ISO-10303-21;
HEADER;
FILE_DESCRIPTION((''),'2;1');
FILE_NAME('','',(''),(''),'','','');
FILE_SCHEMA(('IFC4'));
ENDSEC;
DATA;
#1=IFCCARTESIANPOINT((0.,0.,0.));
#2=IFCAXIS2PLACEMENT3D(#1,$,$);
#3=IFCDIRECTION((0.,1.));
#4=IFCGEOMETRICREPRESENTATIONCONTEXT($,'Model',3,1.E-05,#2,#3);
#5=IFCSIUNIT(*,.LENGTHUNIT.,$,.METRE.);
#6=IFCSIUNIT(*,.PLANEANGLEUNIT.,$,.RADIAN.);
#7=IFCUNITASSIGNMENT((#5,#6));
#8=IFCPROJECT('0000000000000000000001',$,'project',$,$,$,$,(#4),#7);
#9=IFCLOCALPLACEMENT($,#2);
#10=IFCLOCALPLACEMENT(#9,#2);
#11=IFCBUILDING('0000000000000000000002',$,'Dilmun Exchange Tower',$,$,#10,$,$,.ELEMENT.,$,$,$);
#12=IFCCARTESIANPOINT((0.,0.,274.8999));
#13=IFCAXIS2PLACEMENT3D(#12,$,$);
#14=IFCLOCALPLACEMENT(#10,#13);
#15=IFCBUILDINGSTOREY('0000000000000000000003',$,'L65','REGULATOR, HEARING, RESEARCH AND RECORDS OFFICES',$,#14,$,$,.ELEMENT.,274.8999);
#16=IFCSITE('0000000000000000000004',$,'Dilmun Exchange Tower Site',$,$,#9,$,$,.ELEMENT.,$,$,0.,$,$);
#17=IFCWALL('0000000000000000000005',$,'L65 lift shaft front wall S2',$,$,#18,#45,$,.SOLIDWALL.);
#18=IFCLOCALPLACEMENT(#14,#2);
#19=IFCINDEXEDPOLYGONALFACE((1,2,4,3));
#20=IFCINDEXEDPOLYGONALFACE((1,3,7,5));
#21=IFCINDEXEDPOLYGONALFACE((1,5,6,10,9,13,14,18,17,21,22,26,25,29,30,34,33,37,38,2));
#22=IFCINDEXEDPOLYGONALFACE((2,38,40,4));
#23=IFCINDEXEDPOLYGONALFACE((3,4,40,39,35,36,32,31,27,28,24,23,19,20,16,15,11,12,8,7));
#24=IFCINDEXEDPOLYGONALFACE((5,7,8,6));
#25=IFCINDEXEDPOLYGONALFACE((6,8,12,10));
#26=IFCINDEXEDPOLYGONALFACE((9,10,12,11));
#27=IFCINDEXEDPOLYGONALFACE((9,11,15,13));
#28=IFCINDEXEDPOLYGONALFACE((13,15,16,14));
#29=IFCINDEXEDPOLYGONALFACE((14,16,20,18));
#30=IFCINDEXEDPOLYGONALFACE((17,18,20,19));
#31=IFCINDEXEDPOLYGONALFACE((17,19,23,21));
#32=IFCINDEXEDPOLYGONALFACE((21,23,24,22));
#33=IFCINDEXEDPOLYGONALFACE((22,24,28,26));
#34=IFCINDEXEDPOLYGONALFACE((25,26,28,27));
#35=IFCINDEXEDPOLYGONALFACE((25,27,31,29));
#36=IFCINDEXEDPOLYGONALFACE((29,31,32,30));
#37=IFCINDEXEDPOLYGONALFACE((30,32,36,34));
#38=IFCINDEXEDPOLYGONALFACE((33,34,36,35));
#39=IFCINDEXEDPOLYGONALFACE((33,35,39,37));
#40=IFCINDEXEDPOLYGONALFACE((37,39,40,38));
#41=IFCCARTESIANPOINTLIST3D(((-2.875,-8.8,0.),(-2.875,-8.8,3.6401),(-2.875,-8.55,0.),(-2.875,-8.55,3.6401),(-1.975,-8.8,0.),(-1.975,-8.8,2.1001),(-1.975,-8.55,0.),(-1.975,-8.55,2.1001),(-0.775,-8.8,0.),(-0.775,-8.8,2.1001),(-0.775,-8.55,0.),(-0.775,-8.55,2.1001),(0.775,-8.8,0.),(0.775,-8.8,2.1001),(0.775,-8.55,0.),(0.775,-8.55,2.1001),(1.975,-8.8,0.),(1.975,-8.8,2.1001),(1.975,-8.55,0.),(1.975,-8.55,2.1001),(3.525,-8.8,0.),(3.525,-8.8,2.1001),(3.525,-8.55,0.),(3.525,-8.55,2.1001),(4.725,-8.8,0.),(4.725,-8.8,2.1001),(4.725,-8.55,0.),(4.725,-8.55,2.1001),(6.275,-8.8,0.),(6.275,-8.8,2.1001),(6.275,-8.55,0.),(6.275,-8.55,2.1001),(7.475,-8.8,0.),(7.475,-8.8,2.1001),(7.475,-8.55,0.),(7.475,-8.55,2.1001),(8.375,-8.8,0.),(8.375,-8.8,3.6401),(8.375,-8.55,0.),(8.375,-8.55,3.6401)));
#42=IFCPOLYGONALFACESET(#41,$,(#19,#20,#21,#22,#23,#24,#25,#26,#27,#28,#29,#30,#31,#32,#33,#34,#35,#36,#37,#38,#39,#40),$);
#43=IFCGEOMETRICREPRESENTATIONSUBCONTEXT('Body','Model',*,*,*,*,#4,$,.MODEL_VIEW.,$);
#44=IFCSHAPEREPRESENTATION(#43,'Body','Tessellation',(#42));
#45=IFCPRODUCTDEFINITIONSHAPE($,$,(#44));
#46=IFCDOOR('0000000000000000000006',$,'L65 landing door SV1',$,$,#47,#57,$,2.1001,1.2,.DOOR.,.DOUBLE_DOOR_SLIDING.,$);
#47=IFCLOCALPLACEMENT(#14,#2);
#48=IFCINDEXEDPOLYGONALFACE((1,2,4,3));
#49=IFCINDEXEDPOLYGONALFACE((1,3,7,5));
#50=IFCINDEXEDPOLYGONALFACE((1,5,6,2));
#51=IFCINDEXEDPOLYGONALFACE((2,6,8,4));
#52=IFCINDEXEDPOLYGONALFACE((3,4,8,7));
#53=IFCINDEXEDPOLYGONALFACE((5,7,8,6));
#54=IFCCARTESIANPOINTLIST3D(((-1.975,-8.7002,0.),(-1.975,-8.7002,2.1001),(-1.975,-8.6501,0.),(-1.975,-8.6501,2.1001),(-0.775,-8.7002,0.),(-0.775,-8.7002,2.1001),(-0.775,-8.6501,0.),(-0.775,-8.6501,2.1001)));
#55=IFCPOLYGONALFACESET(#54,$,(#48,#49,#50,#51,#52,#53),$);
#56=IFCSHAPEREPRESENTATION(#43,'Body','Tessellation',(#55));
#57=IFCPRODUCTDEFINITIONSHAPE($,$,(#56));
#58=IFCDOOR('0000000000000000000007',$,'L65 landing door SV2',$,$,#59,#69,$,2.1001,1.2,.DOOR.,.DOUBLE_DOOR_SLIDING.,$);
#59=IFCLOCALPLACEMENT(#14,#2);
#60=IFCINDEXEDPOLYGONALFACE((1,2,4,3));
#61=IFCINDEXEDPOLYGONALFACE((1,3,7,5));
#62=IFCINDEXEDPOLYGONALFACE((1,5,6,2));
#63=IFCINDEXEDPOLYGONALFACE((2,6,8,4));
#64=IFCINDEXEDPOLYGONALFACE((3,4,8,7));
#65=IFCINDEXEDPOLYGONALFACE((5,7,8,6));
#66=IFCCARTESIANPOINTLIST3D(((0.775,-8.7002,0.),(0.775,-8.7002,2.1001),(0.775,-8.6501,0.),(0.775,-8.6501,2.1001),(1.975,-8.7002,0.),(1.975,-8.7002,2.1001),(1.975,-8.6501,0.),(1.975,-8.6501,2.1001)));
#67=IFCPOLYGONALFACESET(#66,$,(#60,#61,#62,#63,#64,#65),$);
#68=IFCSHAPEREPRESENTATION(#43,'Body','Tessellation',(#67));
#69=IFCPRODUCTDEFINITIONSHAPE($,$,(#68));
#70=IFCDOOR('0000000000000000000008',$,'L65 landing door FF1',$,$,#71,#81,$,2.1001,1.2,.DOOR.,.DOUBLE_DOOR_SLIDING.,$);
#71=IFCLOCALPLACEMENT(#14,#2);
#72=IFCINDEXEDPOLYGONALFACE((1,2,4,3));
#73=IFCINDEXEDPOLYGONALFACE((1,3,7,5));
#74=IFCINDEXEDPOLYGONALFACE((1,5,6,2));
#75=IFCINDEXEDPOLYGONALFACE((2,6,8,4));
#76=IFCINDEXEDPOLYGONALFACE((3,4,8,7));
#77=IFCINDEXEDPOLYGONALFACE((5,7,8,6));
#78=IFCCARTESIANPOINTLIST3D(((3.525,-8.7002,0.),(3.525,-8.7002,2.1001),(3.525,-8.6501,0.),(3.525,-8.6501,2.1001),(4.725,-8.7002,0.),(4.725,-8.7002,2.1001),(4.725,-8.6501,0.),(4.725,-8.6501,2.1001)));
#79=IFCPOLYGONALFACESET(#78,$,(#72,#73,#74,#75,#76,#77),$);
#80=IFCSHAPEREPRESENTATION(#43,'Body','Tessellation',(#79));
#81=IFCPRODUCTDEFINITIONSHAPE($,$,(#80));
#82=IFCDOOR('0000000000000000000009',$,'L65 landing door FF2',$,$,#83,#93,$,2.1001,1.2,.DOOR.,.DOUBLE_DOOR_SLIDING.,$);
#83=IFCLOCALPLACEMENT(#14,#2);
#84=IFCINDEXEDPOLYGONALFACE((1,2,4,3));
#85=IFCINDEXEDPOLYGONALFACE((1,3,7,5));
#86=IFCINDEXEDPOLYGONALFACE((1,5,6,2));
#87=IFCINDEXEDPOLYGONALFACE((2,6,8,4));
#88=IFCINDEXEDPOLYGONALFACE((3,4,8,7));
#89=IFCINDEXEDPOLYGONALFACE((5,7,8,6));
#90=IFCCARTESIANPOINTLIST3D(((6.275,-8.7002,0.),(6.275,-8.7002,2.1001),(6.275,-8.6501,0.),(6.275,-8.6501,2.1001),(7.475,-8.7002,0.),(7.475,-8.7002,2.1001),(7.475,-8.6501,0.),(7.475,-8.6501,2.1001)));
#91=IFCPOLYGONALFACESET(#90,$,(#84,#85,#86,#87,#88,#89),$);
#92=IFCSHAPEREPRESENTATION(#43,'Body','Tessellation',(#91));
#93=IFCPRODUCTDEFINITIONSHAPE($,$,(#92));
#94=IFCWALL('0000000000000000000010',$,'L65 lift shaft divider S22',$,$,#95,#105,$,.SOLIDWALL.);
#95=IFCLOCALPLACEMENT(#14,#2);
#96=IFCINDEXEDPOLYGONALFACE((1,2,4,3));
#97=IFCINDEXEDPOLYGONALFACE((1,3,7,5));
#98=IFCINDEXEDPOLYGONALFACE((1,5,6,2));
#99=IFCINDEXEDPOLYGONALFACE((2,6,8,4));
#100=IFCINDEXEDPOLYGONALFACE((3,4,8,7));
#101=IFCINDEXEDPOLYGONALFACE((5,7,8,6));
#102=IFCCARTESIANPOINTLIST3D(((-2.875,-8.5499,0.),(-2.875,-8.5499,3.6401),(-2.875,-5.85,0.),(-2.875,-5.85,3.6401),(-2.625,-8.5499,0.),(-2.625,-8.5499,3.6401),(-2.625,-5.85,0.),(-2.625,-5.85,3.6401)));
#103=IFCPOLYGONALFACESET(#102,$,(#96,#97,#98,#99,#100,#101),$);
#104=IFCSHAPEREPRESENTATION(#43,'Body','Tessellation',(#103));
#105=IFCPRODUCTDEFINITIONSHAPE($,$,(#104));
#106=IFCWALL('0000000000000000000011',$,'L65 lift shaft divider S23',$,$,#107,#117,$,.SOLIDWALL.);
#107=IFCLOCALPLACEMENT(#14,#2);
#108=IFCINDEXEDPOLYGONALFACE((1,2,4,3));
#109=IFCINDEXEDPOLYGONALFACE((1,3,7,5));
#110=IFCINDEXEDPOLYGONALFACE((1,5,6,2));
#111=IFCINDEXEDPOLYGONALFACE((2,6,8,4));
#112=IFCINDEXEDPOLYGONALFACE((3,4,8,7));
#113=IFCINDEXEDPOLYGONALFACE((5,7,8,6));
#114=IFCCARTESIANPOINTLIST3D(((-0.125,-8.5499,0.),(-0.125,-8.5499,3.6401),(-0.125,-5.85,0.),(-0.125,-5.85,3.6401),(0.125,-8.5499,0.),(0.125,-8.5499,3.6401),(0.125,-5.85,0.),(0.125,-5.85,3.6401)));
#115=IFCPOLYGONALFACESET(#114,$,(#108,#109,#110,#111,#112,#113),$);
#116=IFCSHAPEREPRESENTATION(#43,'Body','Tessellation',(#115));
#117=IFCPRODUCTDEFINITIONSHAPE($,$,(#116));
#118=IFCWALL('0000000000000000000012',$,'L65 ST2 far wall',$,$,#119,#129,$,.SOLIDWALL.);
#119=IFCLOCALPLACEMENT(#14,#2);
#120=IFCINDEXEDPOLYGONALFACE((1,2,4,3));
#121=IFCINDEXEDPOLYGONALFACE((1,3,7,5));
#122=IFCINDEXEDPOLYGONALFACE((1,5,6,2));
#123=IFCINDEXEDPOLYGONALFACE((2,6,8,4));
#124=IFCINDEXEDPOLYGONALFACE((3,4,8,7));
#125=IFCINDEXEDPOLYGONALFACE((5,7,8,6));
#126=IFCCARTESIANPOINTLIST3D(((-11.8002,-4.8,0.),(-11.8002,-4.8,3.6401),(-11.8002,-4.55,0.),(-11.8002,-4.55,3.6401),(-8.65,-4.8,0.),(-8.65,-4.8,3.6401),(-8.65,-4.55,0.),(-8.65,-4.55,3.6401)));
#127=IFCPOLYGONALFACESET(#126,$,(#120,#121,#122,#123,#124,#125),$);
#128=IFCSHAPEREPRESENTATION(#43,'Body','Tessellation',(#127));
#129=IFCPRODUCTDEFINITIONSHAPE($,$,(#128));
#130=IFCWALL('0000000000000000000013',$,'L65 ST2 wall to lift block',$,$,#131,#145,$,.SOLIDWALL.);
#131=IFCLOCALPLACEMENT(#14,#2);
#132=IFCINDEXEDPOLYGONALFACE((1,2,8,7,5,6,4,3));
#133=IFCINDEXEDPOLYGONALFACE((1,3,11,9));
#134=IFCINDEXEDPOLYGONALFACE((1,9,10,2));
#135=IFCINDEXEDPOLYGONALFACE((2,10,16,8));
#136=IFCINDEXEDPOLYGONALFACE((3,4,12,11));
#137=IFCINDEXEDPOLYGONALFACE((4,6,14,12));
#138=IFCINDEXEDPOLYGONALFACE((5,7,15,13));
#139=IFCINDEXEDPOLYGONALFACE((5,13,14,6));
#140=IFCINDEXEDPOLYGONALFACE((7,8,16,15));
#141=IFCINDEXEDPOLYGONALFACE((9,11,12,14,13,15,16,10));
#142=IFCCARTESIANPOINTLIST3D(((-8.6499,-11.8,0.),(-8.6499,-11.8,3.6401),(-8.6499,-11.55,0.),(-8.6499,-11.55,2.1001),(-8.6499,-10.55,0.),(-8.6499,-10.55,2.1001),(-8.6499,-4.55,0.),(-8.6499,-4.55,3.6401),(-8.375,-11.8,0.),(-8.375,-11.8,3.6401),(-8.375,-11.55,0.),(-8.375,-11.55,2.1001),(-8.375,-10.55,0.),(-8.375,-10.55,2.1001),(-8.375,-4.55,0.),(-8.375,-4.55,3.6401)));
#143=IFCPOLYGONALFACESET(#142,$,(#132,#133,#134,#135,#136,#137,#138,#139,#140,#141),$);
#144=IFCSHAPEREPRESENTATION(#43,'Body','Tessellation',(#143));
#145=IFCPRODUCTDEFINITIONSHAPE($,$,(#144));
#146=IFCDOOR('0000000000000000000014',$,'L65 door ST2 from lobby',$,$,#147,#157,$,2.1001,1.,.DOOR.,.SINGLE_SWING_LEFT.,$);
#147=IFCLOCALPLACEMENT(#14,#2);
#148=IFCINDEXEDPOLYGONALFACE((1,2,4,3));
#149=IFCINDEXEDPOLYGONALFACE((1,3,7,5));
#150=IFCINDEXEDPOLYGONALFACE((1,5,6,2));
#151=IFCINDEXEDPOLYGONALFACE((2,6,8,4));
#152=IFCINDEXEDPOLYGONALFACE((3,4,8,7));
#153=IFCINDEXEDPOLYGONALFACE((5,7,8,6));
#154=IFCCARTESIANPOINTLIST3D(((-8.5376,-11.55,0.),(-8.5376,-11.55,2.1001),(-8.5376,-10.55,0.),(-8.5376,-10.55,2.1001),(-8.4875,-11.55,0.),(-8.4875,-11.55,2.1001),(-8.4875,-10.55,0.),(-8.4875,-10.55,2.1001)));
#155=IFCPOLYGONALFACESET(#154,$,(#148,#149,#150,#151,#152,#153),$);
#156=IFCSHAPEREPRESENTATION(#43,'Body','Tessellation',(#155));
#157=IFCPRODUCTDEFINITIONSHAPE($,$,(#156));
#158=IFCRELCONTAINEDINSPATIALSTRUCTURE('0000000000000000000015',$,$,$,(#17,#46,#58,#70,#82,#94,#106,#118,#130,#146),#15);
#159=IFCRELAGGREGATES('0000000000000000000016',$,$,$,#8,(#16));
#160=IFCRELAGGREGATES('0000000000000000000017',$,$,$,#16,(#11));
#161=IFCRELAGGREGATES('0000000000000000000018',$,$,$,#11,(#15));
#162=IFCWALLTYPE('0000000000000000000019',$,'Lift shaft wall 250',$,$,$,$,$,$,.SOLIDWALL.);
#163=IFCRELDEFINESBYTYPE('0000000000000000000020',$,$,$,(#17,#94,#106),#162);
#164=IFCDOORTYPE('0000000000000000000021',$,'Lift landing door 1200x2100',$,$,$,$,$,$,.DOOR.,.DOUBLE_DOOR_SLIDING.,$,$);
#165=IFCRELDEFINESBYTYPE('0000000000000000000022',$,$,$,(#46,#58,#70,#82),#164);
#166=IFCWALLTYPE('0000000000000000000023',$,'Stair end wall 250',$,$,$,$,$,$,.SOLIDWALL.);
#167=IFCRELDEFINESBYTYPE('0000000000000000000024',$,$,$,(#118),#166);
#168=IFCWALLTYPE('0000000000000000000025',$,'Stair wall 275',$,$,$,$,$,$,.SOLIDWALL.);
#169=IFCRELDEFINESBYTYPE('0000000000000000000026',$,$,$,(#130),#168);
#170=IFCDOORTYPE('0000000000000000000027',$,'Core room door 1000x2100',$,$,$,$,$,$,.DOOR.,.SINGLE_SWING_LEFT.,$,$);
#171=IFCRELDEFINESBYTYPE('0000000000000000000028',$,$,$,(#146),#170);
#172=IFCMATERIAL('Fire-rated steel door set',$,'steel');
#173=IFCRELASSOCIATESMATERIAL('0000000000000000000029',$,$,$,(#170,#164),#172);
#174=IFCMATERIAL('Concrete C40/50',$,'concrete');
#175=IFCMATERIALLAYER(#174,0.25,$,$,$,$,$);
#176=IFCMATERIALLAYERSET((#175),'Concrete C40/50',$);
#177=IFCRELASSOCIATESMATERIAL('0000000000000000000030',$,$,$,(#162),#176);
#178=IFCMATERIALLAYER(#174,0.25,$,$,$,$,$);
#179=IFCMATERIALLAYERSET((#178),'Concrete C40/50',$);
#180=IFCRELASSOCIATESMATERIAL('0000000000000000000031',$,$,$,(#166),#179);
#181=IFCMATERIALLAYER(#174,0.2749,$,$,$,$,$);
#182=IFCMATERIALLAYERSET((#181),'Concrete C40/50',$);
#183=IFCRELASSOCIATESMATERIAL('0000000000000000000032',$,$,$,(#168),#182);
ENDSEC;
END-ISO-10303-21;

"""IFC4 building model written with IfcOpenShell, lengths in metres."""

from ifc_helpers import new_model, si_unit, direction, frame, frame_2d, origin, place, context, subcontext, project, spatial, rectangle, extrude, material, layer, layer_set, type_object, element, fill, save


model = new_model("IFC4")

# Units and contexts
model_context = context("Model", 3, precision=1e-05, world=origin(), true_north=direction((0.0, 1.0)))
body_context = subcontext(model_context, "Body", "Model", "MODEL_VIEW")
ifc_project = project(units=[si_unit("LENGTHUNIT", "METRE"), si_unit("PLANEANGLEUNIT", "RADIAN")], contexts=[model_context])

# Site, building, storey
site_placement = place(None, origin())
site = spatial("IfcSite", under=ifc_project, at=site_placement, Name="Dilmun Exchange Tower Site", CompositionType="ELEMENT", RefElevation=0.0)
building_placement = place(site_placement, origin())
building = spatial("IfcBuilding", under=site, at=building_placement, Name="Dilmun Exchange Tower", CompositionType="ELEMENT")
storey_placement = place(building_placement, frame((0.0, 0.0, 274.8999)))
storey = spatial("IfcBuildingStorey", under=building, at=storey_placement, Name="L65", Description="REGULATOR, HEARING, RESEARCH AND RECORDS OFFICES", CompositionType="ELEMENT", Elevation=274.8999)

# Shared definitions
ifc_material_1 = material(Name="Concrete C40/50", Category="concrete")

# Shared definitions
ifc_material_2 = material(Name="Fire-rated steel door set", Category="steel")
door_type_1 = type_object("IfcDoorType", Name="Core room door 1000x2100", OperationType="SINGLE_SWING_LEFT", PredefinedType="DOOR", material=ifc_material_2)

# Wall, openings, doors
ifc_layer_1 = layer(ifc_material_1, 0.25)
ifc_layer_set_1 = layer_set([ifc_layer_1], Name="Concrete C40/50")
wall_type_1 = type_object("IfcWallType", Name="Lift shaft wall 250", PredefinedType="SOLIDWALL", material=ifc_layer_set_1)
wall_1_placement = place(storey_placement, frame((-2.875, -8.675, 0.0), z_axis=(0.0, 0.0, 1.0), x_axis=(1.0, 0.0, 0.0)))
wall_1 = element("IfcWall", 1, at=wall_1_placement, inside=storey, type_object=wall_type_1, Name="L65 lift shaft front wall S2", PredefinedType="SOLIDWALL", context=body_context, shape_type="SweptSolid", body=[
    extrude(rectangle(XDim=11.25, YDim=0.25, at=frame_2d((5.625, 0.0))), origin(), (0.0, 0.0, 1.0), 3.6401),
])
opening_1_placement = place(wall_1_placement, frame((0.8999, 0.0, 0.0)))
opening_1 = element("IfcOpeningElement", 2, at=opening_1_placement, cuts=wall_1, PredefinedType="OPENING", context=body_context, shape_type="SweptSolid", body=[
    extrude(rectangle(XDim=1.2, YDim=2.1001, at=frame_2d((0.6001, 1.05))), frame((0.0, 0.135, 0.0), z_axis=(0.0, -1.0, 0.0), x_axis=(1.0, 0.0, 0.0)), (0.0, 0.0, 1.0), 0.27),
])
opening_2_placement = place(wall_1_placement, frame((3.6499, 0.0, 0.0)))
opening_2 = element("IfcOpeningElement", 3, at=opening_2_placement, cuts=wall_1, PredefinedType="OPENING", context=body_context, shape_type="SweptSolid", body=[
    extrude(rectangle(XDim=1.2, YDim=2.1001, at=frame_2d((0.6001, 1.05))), frame((0.0, 0.135, 0.0), z_axis=(0.0, -1.0, 0.0), x_axis=(1.0, 0.0, 0.0)), (0.0, 0.0, 1.0), 0.27),
])
opening_3_placement = place(wall_1_placement, frame((6.3999, 0.0, 0.0)))
opening_3 = element("IfcOpeningElement", 4, at=opening_3_placement, cuts=wall_1, PredefinedType="OPENING", context=body_context, shape_type="SweptSolid", body=[
    extrude(rectangle(XDim=1.2, YDim=2.1001, at=frame_2d((0.6001, 1.05))), frame((0.0, 0.135, 0.0), z_axis=(0.0, -1.0, 0.0), x_axis=(1.0, 0.0, 0.0)), (0.0, 0.0, 1.0), 0.27),
])
opening_4_placement = place(wall_1_placement, frame((9.1499, 0.0, 0.0)))
opening_4 = element("IfcOpeningElement", 5, at=opening_4_placement, cuts=wall_1, PredefinedType="OPENING", context=body_context, shape_type="SweptSolid", body=[
    extrude(rectangle(XDim=1.2, YDim=2.1001, at=frame_2d((0.6001, 1.05))), frame((0.0, 0.135, 0.0), z_axis=(0.0, -1.0, 0.0), x_axis=(1.0, 0.0, 0.0)), (0.0, 0.0, 1.0), 0.27),
])
door_type_2 = type_object("IfcDoorType", Name="Lift landing door 1200x2100", OperationType="DOUBLE_DOOR_SLIDING", PredefinedType="DOOR", material=ifc_material_2)
door_1_placement = place(opening_1_placement, origin())
door_1 = element("IfcDoor", 6, at=door_1_placement, inside=storey, type_object=door_type_2, Name="L65 landing door SV1", OperationType="DOUBLE_DOOR_SLIDING", OverallHeight=2.1001, OverallWidth=1.2, PredefinedType="DOOR", context=body_context, shape_type="SweptSolid", body=[
    extrude(rectangle(XDim=1.2, YDim=2.1001, at=frame_2d((0.6001, 1.05))), frame((0.0, 0.0249, 0.0), z_axis=(0.0, -1.0, 0.0), x_axis=(1.0, 0.0, 0.0)), (0.0, 0.0, 1.0), 0.05),
])
fill(opening_1, door_1)
door_2_placement = place(opening_2_placement, origin())
door_2 = element("IfcDoor", 7, at=door_2_placement, inside=storey, type_object=door_type_2, Name="L65 landing door SV2", OperationType="DOUBLE_DOOR_SLIDING", OverallHeight=2.1001, OverallWidth=1.2, PredefinedType="DOOR", context=body_context, shape_type="SweptSolid", body=[
    extrude(rectangle(XDim=1.2, YDim=2.1001, at=frame_2d((0.6001, 1.05))), frame((0.0, 0.0249, 0.0), z_axis=(0.0, -1.0, 0.0), x_axis=(1.0, 0.0, 0.0)), (0.0, 0.0, 1.0), 0.05),
])
fill(opening_2, door_2)
door_3_placement = place(opening_3_placement, origin())
door_3 = element("IfcDoor", 8, at=door_3_placement, inside=storey, type_object=door_type_2, Name="L65 landing door FF1", OperationType="DOUBLE_DOOR_SLIDING", OverallHeight=2.1001, OverallWidth=1.2, PredefinedType="DOOR", context=body_context, shape_type="SweptSolid", body=[
    extrude(rectangle(XDim=1.2, YDim=2.1001, at=frame_2d((0.6001, 1.05))), frame((0.0, 0.0249, 0.0), z_axis=(0.0, -1.0, 0.0), x_axis=(1.0, 0.0, 0.0)), (0.0, 0.0, 1.0), 0.05),
])
fill(opening_3, door_3)
door_4_placement = place(opening_4_placement, origin())
door_4 = element("IfcDoor", 9, at=door_4_placement, inside=storey, type_object=door_type_2, Name="L65 landing door FF2", OperationType="DOUBLE_DOOR_SLIDING", OverallHeight=2.1001, OverallWidth=1.2, PredefinedType="DOOR", context=body_context, shape_type="SweptSolid", body=[
    extrude(rectangle(XDim=1.2, YDim=2.1001, at=frame_2d((0.6001, 1.05))), frame((0.0, 0.0249, 0.0), z_axis=(0.0, -1.0, 0.0), x_axis=(1.0, 0.0, 0.0)), (0.0, 0.0, 1.0), 0.05),
])
fill(opening_4, door_4)

# Walls
for number, where, z_axis, x_axis, name in (
    (10, (-2.75, -8.55, 0.0), (0.0, 0.0, 1.0), (0.0, 1.0, 0.0), "L65 lift shaft divider S22"),
    (11, (0.0, -8.55, 0.0), (0.0, 0.0, 1.0), (0.0, 1.0, 0.0), "L65 lift shaft divider S23"),
):
    element("IfcWall", number, at=place(storey_placement, frame(where, z_axis=z_axis, x_axis=x_axis)), inside=storey, type_object=wall_type_1, Name=name, PredefinedType="SOLIDWALL", context=body_context, shape_type="SweptSolid", body=[
        extrude(rectangle(XDim=2.7, YDim=0.25, at=frame_2d((1.3501, 0.0))), origin(), (0.0, 0.0, 1.0), 3.6401),
    ])
ifc_layer_2 = layer(ifc_material_1, 0.25)
ifc_layer_set_2 = layer_set([ifc_layer_2], Name="Concrete C40/50")
wall_type_2 = type_object("IfcWallType", Name="Stair end wall 250", PredefinedType="SOLIDWALL", material=ifc_layer_set_2)
wall_2_placement = place(storey_placement, frame((-8.6499, -4.675, 0.0), z_axis=(0.0, 0.0, 1.0), x_axis=(-1.0, 0.0, 0.0)))
element("IfcWall", 12, at=wall_2_placement, inside=storey, type_object=wall_type_2, Name="L65 ST2 far wall", PredefinedType="SOLIDWALL", context=body_context, shape_type="SweptSolid", body=[
    extrude(rectangle(XDim=3.1501, YDim=0.25, at=frame_2d((1.5752, 0.0))), origin(), (0.0, 0.0, 1.0), 3.6401),
])

# Wall, opening, door
ifc_layer_3 = layer(ifc_material_1, 0.2749)
ifc_layer_set_3 = layer_set([ifc_layer_3], Name="Concrete C40/50")
wall_type_3 = type_object("IfcWallType", Name="Stair wall 275", PredefinedType="SOLIDWALL", material=ifc_layer_set_3)
wall_3_placement = place(storey_placement, frame((-8.5125, -4.55, 0.0), z_axis=(0.0, 0.0, 1.0), x_axis=(0.0, -1.0, 0.0)))
wall_3 = element("IfcWall", 13, at=wall_3_placement, inside=storey, type_object=wall_type_3, Name="L65 ST2 wall to lift block", PredefinedType="SOLIDWALL", context=body_context, shape_type="SweptSolid", body=[
    extrude(rectangle(XDim=7.25, YDim=0.2749, at=frame_2d((3.625, 0.0))), origin(), (0.0, 0.0, 1.0), 3.6401),
])
opening_5_placement = place(wall_3_placement, frame((6.0, 0.0, 0.0)))
opening_5 = element("IfcOpeningElement", 14, at=opening_5_placement, cuts=wall_3, PredefinedType="OPENING", context=body_context, shape_type="SweptSolid", body=[
    extrude(rectangle(XDim=1.0, YDim=2.1001, at=frame_2d((0.5, 1.05))), frame((0.0, 0.1475, 0.0), z_axis=(0.0, -1.0, 0.0), x_axis=(1.0, 0.0, 0.0)), (0.0, 0.0, 1.0), 0.2949),
])
door_5_placement = place(opening_5_placement, origin())
door_5 = element("IfcDoor", 15, at=door_5_placement, inside=storey, type_object=door_type_1, Name="L65 door ST2 from lobby", OperationType="SINGLE_SWING_LEFT", OverallHeight=2.1001, OverallWidth=1.0, PredefinedType="DOOR", context=body_context, shape_type="SweptSolid", body=[
    extrude(rectangle(XDim=1.0, YDim=2.1001, at=frame_2d((0.5, 1.05))), frame((0.0, 0.0249, 0.0), z_axis=(0.0, -1.0, 0.0), x_axis=(1.0, 0.0, 0.0)), (0.0, 0.0, 1.0), 0.05),
])
fill(opening_5, door_5)

save(model, "model.ifc")
